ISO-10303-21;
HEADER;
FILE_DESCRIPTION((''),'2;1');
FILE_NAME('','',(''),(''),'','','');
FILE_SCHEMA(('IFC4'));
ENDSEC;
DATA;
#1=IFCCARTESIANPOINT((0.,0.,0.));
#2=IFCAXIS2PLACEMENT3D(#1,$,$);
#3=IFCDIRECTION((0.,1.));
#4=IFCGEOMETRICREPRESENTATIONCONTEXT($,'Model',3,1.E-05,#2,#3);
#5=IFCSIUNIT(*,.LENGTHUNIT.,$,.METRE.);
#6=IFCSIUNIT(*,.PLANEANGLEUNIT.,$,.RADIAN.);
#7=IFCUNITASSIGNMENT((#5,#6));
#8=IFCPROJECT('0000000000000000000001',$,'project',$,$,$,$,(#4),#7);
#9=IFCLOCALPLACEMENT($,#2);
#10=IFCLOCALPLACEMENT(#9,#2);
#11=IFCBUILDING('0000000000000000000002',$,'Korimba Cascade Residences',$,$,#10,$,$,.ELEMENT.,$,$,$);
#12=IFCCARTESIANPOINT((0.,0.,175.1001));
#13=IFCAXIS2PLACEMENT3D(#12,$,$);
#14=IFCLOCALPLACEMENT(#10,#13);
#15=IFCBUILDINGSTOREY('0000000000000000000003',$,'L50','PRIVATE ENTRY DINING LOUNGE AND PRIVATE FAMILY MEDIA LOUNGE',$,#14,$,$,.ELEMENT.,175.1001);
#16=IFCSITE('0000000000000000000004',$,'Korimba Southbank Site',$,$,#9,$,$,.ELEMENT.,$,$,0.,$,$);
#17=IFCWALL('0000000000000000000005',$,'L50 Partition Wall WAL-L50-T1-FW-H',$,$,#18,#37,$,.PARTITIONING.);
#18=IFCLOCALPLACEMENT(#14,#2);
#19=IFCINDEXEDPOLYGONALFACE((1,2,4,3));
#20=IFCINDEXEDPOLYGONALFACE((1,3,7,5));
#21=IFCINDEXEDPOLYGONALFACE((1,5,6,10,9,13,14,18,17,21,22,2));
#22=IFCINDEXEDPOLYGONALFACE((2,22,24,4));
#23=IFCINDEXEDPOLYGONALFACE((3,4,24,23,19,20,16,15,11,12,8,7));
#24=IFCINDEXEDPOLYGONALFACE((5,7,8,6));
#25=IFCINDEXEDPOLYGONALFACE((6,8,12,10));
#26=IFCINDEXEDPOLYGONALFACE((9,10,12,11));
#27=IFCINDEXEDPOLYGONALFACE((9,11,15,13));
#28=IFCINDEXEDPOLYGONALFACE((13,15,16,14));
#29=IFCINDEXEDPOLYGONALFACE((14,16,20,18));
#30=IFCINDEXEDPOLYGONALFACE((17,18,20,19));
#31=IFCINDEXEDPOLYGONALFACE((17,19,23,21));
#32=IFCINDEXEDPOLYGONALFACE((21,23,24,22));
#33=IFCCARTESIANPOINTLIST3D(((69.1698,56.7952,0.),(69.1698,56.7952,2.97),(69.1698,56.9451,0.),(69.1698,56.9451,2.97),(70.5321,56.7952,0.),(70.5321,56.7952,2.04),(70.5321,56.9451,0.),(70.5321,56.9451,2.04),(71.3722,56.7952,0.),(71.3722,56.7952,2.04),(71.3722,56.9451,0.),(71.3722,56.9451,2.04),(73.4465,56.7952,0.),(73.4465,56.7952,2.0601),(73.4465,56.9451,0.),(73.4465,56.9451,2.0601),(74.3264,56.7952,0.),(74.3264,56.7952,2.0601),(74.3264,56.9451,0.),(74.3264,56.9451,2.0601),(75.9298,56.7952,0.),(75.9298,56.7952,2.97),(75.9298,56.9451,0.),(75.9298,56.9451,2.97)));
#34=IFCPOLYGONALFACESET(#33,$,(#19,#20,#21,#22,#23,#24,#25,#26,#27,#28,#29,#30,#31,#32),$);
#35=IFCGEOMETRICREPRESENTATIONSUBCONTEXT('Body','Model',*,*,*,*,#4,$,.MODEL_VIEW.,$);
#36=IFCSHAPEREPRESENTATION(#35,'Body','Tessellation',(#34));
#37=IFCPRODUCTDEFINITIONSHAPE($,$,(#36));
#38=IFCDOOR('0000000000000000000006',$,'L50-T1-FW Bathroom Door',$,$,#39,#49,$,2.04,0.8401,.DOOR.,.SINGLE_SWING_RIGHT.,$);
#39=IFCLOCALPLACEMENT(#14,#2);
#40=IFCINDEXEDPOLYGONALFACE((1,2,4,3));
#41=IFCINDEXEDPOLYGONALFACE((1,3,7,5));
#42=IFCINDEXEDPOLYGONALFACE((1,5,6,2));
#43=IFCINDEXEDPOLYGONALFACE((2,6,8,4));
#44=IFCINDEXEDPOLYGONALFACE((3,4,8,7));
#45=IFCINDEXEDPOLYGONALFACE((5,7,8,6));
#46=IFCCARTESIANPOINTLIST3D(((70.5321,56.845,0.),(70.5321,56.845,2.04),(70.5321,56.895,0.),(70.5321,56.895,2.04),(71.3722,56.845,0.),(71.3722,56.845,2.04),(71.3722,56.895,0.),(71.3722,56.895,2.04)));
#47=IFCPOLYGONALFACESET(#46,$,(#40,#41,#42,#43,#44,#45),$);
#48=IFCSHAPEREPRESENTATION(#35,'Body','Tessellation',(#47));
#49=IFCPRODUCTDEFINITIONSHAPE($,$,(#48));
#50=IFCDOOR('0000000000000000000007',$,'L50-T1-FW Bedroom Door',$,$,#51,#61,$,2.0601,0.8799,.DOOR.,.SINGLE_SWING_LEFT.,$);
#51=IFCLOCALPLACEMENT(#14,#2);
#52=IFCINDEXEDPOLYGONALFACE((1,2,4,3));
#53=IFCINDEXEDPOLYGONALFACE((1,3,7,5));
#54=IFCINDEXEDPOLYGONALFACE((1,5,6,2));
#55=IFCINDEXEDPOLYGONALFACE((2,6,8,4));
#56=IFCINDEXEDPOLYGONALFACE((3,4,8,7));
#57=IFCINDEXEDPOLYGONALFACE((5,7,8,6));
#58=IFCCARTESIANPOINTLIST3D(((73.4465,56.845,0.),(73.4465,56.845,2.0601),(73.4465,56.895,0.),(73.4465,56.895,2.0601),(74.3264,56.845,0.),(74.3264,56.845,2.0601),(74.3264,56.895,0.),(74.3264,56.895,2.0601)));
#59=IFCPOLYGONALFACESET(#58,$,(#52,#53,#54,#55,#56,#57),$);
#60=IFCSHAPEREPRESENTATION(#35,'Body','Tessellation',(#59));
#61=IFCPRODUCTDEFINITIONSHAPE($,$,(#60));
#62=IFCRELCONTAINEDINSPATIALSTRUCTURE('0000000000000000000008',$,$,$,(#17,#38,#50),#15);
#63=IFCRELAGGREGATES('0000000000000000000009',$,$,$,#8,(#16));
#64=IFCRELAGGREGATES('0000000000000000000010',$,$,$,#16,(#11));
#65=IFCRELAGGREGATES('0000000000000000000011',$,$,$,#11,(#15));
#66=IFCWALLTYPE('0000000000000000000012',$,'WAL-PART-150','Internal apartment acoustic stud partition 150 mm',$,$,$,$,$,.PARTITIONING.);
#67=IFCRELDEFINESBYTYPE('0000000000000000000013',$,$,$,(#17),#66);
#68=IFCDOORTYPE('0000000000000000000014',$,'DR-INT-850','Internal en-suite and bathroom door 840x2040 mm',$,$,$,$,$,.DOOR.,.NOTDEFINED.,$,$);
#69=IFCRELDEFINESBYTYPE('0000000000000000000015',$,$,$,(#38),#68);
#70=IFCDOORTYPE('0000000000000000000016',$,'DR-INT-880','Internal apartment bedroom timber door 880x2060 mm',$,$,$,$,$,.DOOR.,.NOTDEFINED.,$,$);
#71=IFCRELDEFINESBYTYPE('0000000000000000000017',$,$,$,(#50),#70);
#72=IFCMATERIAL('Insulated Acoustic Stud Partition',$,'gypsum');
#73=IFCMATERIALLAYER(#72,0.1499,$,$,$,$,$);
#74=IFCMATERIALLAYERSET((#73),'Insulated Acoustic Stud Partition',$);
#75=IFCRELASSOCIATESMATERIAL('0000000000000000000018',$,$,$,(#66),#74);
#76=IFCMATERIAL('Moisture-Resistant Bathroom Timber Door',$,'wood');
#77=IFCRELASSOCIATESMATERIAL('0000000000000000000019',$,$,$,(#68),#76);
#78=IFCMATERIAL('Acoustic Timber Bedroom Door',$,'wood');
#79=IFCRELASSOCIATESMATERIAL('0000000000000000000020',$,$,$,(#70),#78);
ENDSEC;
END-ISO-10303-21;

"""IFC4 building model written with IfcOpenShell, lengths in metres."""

from ifc_helpers import new_model, si_unit, direction, frame, frame_2d, origin, place, context, subcontext, project, spatial, rectangle, extrude, material, layer, layer_set, type_object, element, fill, save


model = new_model("IFC4")

# Units and contexts
model_context = context("Model", 3, precision=1e-05, world=origin(), true_north=direction((0.0, 1.0)))
body_context = subcontext(model_context, "Body", "Model", "MODEL_VIEW")
ifc_project = project(units=[si_unit("LENGTHUNIT", "METRE"), si_unit("PLANEANGLEUNIT", "RADIAN")], contexts=[model_context])

# Site, building, storey
site_placement = place(None, origin())
site = spatial("IfcSite", under=ifc_project, at=site_placement, Name="Korimba Southbank Site", CompositionType="ELEMENT", RefElevation=0.0)
building_placement = place(site_placement, origin())
building = spatial("IfcBuilding", under=site, at=building_placement, Name="Korimba Cascade Residences", CompositionType="ELEMENT")
storey_placement = place(building_placement, frame((0.0, 0.0, 175.1001)))
storey = spatial("IfcBuildingStorey", under=building, at=storey_placement, Name="L50", Description="PRIVATE ENTRY DINING LOUNGE AND PRIVATE FAMILY MEDIA LOUNGE", CompositionType="ELEMENT", Elevation=175.1001)

# Shared definitions
ifc_material_1 = material(Name="Insulated Acoustic Stud Partition", Category="gypsum")
ifc_layer_1 = layer(ifc_material_1, 0.1499)
ifc_layer_set_1 = layer_set([ifc_layer_1], Name="Insulated Acoustic Stud Partition")
wall_type_1 = type_object("IfcWallType", Name="WAL-PART-150", Description="Internal apartment acoustic stud partition 150 mm", PredefinedType="PARTITIONING", material=ifc_layer_set_1)
ifc_material_2 = material(Name="Moisture-Resistant Bathroom Timber Door", Category="wood")
door_type_1 = type_object("IfcDoorType", Name="DR-INT-850", Description="Internal en-suite and bathroom door 840x2040 mm", OperationType="NOTDEFINED", PredefinedType="DOOR", material=ifc_material_2)

# Wall, openings, doors
wall_1_placement = place(storey_placement, frame((69.1699, 56.8701, 0.0), z_axis=(0.0, 0.0, 1.0), x_axis=(1.0, 0.0, 0.0)))
wall_1 = element("IfcWall", 1, at=wall_1_placement, inside=storey, type_object=wall_type_1, Name="L50 Partition Wall WAL-L50-T1-FW-H", PredefinedType="PARTITIONING", context=body_context, shape_type="SweptSolid", body=[
    extrude(rectangle(XDim=6.76, YDim=0.1499, at=frame_2d((3.3799, 0.0))), origin(), (0.0, 0.0, 1.0), 2.97),
])
opening_1_placement = place(wall_1_placement, frame((1.3623, 0.0, 0.0)))
opening_1 = element("IfcOpeningElement", 2, at=opening_1_placement, cuts=wall_1, PredefinedType="OPENING", context=body_context, shape_type="SweptSolid", body=[
    extrude(rectangle(XDim=0.8401, YDim=2.04, at=frame_2d((0.4199, 1.02))), frame((0.0, 0.085, 0.0), z_axis=(0.0, -1.0, 0.0), x_axis=(1.0, 0.0, 0.0)), (0.0, 0.0, 1.0), 0.1699),
])
opening_2_placement = place(wall_1_placement, frame((4.2766, 0.0, 0.0)))
opening_2 = element("IfcOpeningElement", 3, at=opening_2_placement, cuts=wall_1, PredefinedType="OPENING", context=body_context, shape_type="SweptSolid", body=[
    extrude(rectangle(XDim=0.8799, YDim=2.0601, at=frame_2d((0.4399, 1.03))), frame((0.0, 0.085, 0.0), z_axis=(0.0, -1.0, 0.0), x_axis=(1.0, 0.0, 0.0)), (0.0, 0.0, 1.0), 0.1699),
])
door_1_placement = place(opening_1_placement, origin())
door_1 = element("IfcDoor", 4, at=door_1_placement, inside=storey, type_object=door_type_1, Name="L50-T1-FW Bathroom Door", OperationType="SINGLE_SWING_RIGHT", OverallHeight=2.04, OverallWidth=0.8401, PredefinedType="DOOR", context=body_context, shape_type="SweptSolid", body=[
    extrude(rectangle(XDim=0.8401, YDim=2.04, at=frame_2d((0.4199, 1.02))), frame((0.0, 0.0249, 0.0), z_axis=(0.0, -1.0, 0.0), x_axis=(1.0, 0.0, 0.0)), (0.0, 0.0, 1.0), 0.05),
])
fill(opening_1, door_1)
ifc_material_3 = material(Name="Acoustic Timber Bedroom Door", Category="wood")
door_type_2 = type_object("IfcDoorType", Name="DR-INT-880", Description="Internal apartment bedroom timber door 880x2060 mm", OperationType="NOTDEFINED", PredefinedType="DOOR", material=ifc_material_3)
door_2_placement = place(opening_2_placement, origin())
door_2 = element("IfcDoor", 5, at=door_2_placement, inside=storey, type_object=door_type_2, Name="L50-T1-FW Bedroom Door", OperationType="SINGLE_SWING_LEFT", OverallHeight=2.0601, OverallWidth=0.8799, PredefinedType="DOOR", context=body_context, shape_type="SweptSolid", body=[
    extrude(rectangle(XDim=0.8799, YDim=2.0601, at=frame_2d((0.4399, 1.03))), frame((0.0, 0.0249, 0.0), z_axis=(0.0, -1.0, 0.0), x_axis=(1.0, 0.0, 0.0)), (0.0, 0.0, 1.0), 0.05),
])
fill(opening_2, door_2)

save(model, "model.ifc")
